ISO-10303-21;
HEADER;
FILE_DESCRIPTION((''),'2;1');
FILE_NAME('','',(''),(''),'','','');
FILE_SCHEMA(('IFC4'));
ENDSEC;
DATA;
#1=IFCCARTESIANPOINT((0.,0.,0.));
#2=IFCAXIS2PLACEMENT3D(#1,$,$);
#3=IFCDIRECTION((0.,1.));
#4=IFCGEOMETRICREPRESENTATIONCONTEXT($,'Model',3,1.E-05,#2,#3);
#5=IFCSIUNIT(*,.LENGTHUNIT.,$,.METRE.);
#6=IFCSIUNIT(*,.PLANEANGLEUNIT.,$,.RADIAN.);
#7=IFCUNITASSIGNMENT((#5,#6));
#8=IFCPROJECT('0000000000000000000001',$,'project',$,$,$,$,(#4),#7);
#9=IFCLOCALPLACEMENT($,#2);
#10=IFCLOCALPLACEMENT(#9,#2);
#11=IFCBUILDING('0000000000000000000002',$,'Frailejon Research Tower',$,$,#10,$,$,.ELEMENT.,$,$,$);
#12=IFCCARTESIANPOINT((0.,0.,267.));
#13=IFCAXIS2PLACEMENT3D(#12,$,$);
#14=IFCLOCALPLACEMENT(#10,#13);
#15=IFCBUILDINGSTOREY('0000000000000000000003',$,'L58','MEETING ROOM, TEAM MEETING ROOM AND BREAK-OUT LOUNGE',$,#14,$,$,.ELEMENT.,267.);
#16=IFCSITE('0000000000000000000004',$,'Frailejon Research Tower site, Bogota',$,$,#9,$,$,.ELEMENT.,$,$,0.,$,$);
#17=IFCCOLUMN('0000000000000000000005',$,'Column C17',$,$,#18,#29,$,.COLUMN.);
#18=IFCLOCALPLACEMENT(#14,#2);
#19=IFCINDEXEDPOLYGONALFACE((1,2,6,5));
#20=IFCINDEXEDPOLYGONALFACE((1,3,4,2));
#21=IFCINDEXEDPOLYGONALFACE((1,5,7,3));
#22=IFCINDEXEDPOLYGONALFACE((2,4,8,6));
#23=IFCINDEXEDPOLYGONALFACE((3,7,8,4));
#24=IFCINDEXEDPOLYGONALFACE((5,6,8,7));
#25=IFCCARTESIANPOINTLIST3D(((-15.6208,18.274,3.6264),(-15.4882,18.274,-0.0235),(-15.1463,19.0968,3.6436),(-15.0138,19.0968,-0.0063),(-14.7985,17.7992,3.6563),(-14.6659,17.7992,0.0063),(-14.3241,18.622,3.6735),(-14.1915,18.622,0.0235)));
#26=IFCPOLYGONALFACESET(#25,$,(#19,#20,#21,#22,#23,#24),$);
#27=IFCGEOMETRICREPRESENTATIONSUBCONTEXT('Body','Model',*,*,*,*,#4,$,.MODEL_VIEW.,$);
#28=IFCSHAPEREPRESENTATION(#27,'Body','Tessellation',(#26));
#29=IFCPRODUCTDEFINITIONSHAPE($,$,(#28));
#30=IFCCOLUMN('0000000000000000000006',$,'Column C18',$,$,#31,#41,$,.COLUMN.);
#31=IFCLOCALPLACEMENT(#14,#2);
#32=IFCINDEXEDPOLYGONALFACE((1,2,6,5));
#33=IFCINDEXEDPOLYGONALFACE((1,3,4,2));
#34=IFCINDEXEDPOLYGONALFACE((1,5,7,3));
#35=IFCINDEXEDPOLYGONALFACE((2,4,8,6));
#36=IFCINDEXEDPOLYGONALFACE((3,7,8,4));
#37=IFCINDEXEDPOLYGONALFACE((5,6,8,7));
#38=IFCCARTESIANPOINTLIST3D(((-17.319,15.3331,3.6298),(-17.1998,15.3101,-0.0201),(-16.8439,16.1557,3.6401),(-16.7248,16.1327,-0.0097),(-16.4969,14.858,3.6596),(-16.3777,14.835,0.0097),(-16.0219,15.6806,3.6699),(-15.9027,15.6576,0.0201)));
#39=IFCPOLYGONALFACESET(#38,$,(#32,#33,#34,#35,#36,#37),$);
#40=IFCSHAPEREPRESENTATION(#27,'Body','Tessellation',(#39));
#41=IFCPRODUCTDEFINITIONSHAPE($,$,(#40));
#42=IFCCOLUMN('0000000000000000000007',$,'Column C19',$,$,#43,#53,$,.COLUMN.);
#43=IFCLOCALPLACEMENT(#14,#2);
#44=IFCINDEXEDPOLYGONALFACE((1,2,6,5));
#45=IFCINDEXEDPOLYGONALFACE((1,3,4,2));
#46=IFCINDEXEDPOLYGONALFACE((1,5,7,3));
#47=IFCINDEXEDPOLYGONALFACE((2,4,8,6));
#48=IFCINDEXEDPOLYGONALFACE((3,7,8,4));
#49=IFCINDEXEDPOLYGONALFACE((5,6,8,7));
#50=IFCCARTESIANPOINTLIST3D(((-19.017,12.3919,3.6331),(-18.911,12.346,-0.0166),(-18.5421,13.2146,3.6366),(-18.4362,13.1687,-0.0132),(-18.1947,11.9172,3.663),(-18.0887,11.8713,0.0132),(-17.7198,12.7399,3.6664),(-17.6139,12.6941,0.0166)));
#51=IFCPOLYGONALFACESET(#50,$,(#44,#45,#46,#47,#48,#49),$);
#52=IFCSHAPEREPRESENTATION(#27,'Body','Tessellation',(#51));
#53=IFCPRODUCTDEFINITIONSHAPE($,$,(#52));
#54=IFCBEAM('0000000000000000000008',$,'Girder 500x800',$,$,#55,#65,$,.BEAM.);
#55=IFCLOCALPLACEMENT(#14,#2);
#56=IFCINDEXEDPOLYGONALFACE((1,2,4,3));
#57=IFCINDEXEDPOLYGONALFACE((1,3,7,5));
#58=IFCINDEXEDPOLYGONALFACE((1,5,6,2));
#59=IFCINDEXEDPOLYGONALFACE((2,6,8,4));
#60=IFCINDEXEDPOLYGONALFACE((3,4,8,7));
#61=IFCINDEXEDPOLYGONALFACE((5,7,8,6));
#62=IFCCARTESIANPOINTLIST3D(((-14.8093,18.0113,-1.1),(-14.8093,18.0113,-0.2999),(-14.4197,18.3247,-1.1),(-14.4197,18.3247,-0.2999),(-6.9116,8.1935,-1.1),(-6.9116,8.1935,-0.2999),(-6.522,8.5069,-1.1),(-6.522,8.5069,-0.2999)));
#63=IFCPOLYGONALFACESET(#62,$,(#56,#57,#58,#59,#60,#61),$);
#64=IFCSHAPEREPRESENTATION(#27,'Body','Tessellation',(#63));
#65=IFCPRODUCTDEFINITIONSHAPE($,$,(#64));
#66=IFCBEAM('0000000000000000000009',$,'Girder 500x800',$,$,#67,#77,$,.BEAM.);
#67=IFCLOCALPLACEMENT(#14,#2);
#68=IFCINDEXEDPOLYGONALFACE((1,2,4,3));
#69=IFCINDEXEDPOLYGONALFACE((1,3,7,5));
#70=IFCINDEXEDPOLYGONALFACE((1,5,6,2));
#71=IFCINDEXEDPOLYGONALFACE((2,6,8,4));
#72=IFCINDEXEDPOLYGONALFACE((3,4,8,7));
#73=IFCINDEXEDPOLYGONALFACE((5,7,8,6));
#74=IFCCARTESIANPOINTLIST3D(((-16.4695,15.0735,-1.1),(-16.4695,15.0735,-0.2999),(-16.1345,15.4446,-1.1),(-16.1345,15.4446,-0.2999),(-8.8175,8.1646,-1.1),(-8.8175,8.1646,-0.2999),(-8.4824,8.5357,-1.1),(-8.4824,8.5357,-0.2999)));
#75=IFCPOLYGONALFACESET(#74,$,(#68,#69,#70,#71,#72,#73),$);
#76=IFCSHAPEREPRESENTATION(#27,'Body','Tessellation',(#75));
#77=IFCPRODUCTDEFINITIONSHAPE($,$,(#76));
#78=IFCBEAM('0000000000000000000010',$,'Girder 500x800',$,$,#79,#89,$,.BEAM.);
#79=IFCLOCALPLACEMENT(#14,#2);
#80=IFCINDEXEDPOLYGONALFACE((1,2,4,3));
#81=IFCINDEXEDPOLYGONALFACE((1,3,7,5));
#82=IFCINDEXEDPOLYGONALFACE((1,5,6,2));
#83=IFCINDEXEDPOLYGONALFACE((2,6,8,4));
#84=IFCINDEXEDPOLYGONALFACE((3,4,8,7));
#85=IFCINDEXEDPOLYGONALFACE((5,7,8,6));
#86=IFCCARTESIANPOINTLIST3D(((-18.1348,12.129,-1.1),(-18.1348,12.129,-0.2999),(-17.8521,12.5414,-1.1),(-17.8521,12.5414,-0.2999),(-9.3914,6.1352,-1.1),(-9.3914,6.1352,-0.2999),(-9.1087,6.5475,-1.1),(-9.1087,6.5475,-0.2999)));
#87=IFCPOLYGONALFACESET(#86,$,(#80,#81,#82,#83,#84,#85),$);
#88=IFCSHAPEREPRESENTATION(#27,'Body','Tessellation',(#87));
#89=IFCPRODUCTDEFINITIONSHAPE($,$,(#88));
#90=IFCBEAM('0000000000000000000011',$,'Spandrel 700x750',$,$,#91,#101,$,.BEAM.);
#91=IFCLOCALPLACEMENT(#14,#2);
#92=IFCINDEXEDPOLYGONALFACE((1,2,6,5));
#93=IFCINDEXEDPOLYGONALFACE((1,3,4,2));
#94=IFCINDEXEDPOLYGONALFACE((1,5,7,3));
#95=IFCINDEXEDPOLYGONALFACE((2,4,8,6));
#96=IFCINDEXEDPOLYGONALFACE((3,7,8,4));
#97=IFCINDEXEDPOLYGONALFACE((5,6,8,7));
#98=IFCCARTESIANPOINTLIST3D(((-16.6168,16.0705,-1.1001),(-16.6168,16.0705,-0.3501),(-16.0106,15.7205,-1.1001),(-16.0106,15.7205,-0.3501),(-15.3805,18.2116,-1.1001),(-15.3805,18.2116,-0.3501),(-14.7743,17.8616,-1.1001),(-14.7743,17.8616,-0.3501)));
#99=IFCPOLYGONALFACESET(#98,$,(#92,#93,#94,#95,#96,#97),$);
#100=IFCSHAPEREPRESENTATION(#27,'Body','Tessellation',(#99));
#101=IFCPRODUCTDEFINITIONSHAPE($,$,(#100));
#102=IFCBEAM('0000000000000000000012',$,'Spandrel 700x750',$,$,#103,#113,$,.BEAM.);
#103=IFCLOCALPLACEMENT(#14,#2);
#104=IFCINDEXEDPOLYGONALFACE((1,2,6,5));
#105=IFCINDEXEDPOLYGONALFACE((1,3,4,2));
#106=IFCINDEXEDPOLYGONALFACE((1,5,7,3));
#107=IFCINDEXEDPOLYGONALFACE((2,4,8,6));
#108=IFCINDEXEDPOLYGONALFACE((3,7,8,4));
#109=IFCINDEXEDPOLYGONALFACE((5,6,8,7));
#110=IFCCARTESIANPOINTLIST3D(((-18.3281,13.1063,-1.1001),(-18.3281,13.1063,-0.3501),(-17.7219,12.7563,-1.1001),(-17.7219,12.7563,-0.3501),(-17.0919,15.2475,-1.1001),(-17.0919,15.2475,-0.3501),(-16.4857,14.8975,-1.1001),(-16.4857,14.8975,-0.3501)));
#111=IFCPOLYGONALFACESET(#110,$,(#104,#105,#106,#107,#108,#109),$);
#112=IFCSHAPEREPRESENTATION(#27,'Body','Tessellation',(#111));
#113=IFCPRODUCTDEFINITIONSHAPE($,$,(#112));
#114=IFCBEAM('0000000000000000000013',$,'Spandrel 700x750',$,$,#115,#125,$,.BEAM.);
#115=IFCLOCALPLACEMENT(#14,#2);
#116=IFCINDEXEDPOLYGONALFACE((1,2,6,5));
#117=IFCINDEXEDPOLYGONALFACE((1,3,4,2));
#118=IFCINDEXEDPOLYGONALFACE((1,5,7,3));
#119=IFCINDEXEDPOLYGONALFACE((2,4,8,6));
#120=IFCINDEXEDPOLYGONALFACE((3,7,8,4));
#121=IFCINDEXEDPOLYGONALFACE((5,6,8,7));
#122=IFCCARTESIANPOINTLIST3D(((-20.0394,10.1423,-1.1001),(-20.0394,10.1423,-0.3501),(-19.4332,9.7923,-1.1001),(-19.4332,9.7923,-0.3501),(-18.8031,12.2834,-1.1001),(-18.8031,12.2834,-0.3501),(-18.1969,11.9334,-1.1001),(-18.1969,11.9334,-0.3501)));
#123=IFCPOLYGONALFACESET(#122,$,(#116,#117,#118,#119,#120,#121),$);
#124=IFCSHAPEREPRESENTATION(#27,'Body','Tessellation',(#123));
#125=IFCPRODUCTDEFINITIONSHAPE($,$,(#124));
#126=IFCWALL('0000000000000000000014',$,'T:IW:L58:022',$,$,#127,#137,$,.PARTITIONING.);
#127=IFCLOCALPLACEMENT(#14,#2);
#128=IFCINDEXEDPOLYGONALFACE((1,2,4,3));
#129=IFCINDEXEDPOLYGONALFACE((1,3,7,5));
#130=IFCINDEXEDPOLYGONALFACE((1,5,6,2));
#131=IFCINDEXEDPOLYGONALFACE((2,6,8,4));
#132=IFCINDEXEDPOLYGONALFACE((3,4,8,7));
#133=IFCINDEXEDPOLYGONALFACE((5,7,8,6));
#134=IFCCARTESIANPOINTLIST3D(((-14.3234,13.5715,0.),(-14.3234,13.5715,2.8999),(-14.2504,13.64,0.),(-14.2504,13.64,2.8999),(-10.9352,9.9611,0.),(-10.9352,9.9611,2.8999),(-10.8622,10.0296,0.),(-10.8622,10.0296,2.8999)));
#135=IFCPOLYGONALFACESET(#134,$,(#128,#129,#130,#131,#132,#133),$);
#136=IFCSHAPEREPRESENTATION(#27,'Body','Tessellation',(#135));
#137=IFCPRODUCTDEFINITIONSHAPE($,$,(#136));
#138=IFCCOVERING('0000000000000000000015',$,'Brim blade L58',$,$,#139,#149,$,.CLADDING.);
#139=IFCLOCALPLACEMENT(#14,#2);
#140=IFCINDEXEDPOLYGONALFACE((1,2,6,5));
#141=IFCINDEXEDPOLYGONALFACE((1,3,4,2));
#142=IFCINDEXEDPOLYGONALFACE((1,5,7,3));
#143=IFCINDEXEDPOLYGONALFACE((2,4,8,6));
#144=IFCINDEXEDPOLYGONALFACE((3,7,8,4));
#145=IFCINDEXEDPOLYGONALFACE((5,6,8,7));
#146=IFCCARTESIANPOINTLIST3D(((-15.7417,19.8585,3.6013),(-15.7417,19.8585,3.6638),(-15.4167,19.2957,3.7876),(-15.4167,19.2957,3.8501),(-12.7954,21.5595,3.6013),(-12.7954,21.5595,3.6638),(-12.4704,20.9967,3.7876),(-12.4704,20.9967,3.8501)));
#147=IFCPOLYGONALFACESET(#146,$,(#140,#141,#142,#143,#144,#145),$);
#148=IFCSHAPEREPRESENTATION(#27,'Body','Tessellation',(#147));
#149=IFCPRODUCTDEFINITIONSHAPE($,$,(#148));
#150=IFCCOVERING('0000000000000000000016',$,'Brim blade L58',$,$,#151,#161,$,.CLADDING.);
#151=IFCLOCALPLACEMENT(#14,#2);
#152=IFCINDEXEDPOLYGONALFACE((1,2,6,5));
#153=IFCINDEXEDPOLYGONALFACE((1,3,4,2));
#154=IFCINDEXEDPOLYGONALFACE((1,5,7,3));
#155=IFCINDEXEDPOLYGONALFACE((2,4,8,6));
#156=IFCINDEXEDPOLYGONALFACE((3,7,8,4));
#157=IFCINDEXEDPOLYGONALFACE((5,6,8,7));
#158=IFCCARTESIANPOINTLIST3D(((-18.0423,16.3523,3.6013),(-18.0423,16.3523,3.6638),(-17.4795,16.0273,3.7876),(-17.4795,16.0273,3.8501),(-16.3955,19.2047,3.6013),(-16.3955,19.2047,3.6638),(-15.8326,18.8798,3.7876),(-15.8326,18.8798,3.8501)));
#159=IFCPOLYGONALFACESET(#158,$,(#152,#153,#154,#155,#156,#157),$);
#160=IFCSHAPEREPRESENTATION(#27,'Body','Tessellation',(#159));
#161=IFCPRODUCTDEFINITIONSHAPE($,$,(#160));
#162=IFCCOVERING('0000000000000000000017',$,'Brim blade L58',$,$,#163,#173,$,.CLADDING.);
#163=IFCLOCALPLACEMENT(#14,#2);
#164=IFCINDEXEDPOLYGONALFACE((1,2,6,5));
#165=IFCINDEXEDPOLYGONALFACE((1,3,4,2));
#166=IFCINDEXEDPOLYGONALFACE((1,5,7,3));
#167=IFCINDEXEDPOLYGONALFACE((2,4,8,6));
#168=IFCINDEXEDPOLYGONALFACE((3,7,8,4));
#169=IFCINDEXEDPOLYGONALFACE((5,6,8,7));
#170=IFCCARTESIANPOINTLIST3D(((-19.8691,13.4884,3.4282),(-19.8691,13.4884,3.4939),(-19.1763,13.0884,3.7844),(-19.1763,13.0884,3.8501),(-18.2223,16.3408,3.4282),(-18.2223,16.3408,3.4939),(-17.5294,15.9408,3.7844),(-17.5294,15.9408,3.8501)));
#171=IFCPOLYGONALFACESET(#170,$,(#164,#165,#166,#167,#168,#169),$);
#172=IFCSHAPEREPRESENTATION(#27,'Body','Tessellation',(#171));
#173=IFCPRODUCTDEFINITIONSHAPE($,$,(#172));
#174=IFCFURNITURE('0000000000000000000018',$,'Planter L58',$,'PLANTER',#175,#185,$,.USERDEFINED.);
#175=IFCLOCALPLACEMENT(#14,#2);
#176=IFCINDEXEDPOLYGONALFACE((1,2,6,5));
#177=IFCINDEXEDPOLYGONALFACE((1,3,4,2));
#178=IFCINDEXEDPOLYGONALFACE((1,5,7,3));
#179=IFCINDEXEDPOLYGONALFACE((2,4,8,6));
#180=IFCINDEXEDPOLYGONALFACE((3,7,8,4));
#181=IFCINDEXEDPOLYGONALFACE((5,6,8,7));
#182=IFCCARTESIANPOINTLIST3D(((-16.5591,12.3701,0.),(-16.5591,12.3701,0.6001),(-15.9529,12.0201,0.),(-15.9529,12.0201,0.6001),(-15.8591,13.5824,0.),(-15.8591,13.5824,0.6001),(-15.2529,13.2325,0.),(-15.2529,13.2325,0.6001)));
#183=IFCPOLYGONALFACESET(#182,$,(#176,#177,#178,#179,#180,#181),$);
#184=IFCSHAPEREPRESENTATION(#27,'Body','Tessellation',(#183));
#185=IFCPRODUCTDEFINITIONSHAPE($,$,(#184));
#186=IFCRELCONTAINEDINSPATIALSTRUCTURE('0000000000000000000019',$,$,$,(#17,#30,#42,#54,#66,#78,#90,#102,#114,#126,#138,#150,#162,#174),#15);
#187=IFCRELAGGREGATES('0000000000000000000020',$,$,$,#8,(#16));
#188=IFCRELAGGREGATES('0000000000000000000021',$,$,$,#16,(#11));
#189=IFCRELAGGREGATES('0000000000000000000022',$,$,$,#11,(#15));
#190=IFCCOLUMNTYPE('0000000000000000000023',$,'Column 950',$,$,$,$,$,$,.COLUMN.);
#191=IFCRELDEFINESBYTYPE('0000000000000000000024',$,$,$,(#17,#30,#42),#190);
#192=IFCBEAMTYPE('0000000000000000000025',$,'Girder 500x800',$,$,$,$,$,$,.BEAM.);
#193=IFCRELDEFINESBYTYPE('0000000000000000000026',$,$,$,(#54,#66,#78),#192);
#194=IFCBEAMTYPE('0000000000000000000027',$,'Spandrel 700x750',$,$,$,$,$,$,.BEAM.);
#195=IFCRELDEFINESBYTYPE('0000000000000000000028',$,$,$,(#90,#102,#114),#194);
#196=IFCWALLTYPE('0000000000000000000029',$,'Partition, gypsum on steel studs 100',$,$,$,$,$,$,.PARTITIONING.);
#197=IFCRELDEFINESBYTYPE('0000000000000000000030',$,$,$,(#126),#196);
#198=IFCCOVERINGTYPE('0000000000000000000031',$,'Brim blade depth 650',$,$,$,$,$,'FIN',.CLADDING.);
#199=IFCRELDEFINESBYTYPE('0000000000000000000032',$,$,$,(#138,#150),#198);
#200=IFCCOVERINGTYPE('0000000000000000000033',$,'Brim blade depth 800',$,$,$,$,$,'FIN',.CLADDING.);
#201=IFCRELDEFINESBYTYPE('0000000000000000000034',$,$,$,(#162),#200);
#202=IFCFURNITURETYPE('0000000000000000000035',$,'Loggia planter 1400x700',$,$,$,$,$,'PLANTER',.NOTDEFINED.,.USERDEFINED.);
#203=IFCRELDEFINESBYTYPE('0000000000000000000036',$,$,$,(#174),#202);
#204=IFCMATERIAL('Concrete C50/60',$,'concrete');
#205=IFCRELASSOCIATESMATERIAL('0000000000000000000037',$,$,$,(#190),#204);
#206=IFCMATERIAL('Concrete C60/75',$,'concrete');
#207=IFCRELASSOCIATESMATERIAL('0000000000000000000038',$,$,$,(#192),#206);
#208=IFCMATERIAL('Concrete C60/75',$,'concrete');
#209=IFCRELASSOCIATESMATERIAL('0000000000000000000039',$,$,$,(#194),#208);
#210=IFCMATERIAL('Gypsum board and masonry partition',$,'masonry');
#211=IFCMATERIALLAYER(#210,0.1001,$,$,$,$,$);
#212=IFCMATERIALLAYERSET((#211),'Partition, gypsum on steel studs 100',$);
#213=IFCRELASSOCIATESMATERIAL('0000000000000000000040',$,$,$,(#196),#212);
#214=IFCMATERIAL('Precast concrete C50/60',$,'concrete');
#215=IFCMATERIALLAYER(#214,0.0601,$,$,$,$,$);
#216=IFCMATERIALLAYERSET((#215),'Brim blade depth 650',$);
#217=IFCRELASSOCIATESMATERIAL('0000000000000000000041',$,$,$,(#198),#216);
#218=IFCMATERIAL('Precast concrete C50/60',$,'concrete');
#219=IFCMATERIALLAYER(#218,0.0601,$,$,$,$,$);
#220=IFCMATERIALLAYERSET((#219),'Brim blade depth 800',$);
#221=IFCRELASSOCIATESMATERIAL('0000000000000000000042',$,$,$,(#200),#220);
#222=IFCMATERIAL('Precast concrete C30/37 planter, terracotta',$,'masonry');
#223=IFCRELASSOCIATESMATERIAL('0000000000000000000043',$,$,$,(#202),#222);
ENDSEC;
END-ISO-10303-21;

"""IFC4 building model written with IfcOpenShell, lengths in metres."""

from ifc_helpers import new_model, si_unit, direction, frame, frame_2d, origin, origin_2d, place, context, subcontext, project, spatial, polyline, rectangle, outline, extrude, material, layer, layer_set, material_profile, profile_set, type_object, element, save


model = new_model("IFC4")

# Units and contexts
model_context = context("Model", 3, precision=1e-05, world=origin(), true_north=direction((0.0, 1.0)))
body_context = subcontext(model_context, "Body", "Model", "MODEL_VIEW")
ifc_project = project(units=[si_unit("LENGTHUNIT", "METRE"), si_unit("PLANEANGLEUNIT", "RADIAN")], contexts=[model_context])

# Site, building, storey
site_placement = place(None, origin())
site = spatial("IfcSite", under=ifc_project, at=site_placement, Name="Frailejon Research Tower site, Bogota", CompositionType="ELEMENT", RefElevation=0.0)
building_placement = place(site_placement, origin())
building = spatial("IfcBuilding", under=site, at=building_placement, Name="Frailejon Research Tower", CompositionType="ELEMENT")
storey_placement = place(building_placement, frame((0.0, 0.0, 267.0)))
storey = spatial("IfcBuildingStorey", under=building, at=storey_placement, Name="L58", Description="MEETING ROOM, TEAM MEETING ROOM AND BREAK-OUT LOUNGE", CompositionType="ELEMENT", Elevation=267.0)

# Columns
ifc_material_1 = material(Name="Concrete C50/60", Category="concrete")
ifc_material_profile_1 = material_profile(ifc_material_1, rectangle(XDim=0.95, YDim=0.95, at=origin_2d()), Name="Column 950")
ifc_profile_set_1 = profile_set([ifc_material_profile_1], Name="Concrete C50/60")
column_type = type_object("IfcColumnType", Name="Column 950", PredefinedType="COLUMN", material=ifc_profile_set_1)
column_1_placement = place(storey_placement, frame((-14.8398, 18.448, 0.0), z_axis=(-0.036297, 0.0, 0.999341), x_axis=(-0.499424, -0.866168, -0.01814)))
element("IfcColumn", 1, at=column_1_placement, inside=storey, type_object=column_type, Name="Column C17", PredefinedType="COLUMN", context=body_context, shape_type="SweptSolid", body=[
    extrude(rectangle(XDim=0.95, YDim=0.95, at=origin_2d()), origin(), (0.0, 0.0, 1.0), 3.6523),
])
column_2_placement = place(storey_placement, frame((-16.5513, 15.4839, 0.0), z_axis=(-0.032624, 0.006284, 0.999448), x_axis=(-0.500036, -0.865936, -0.010878)))
element("IfcColumn", 2, at=column_2_placement, inside=storey, type_object=column_type, Name="Column C18", PredefinedType="COLUMN", context=body_context, shape_type="SweptSolid", body=[
    extrude(rectangle(XDim=0.95, YDim=0.95, at=origin_2d()), origin(), (0.0, 0.0, 1.0), 3.6519),
])
column_3_placement = place(storey_placement, frame((-18.2625, 12.52, 0.0), z_axis=(-0.029016, 0.012569, 0.9995), x_axis=(-0.499849, -0.866105, -0.003619)))
element("IfcColumn", 3, at=column_3_placement, inside=storey, type_object=column_type, Name="Column C19", PredefinedType="COLUMN", context=body_context, shape_type="SweptSolid", body=[
    extrude(rectangle(XDim=0.95, YDim=0.95, at=origin_2d()), origin(), (0.0, 0.0, 1.0), 3.6516),
])

# Beams
ifc_material_2 = material(Name="Concrete C60/75", Category="concrete")
ifc_material_profile_2 = material_profile(ifc_material_2, rectangle(XDim=0.5, YDim=0.8, at=origin_2d()), Name="Girder 500x800")
ifc_profile_set_2 = profile_set([ifc_material_profile_2], Name="Concrete C60/75")
beam_type_1 = type_object("IfcBeamType", Name="Girder 500x800", PredefinedType="BEAM", material=ifc_profile_set_2)
beam_1_placement = place(storey_placement, frame((-14.6145, 18.168, -0.7), z_axis=(0.626793, -0.779185, 0.0), x_axis=(0.779185, 0.626793, 0.0)))
element("IfcBeam", 4, at=beam_1_placement, inside=storey, type_object=beam_type_1, Name="Girder 500x800", PredefinedType="BEAM", context=body_context, shape_type="SweptSolid", body=[
    extrude(rectangle(XDim=0.5, YDim=0.8, at=origin_2d()), origin(), (0.0, 0.0, 1.0), 12.6001),
])
beam_2_placement = place(storey_placement, frame((-16.302, 15.259, -0.7), z_axis=(0.74223, -0.670145, 0.0), x_axis=(0.670145, 0.74223, 0.0)))
element("IfcBeam", 5, at=beam_2_placement, inside=storey, type_object=beam_type_1, Name="Girder 500x800", PredefinedType="BEAM", context=body_context, shape_type="SweptSolid", body=[
    extrude(rectangle(XDim=0.5, YDim=0.8, at=origin_2d()), origin(), (0.0, 0.0, 1.0), 10.3096),
])
beam_3_placement = place(storey_placement, frame((-17.9934, 12.3352, -0.7), z_axis=(0.824799, -0.565427, 0.0), x_axis=(0.565427, 0.824799, 0.0)))
element("IfcBeam", 6, at=beam_3_placement, inside=storey, type_object=beam_type_1, Name="Girder 500x800", PredefinedType="BEAM", context=body_context, shape_type="SweptSolid", body=[
    extrude(rectangle(XDim=0.5, YDim=0.8, at=origin_2d()), origin(), (0.0, 0.0, 1.0), 10.6006),
])
ifc_material_3 = material(Name="Concrete C60/75", Category="concrete")
ifc_material_profile_3 = material_profile(ifc_material_3, rectangle(XDim=0.7, YDim=0.75, at=origin_2d()), Name="Spandrel 700x750")
ifc_profile_set_3 = profile_set([ifc_material_profile_3], Name="Concrete C60/75")
beam_type_2 = type_object("IfcBeamType", Name="Spandrel 700x750", PredefinedType="BEAM", material=ifc_profile_set_3)
for number, where, z_axis, x_axis, name in (
    (7, (-15.0774, 18.0366, -0.7251), (-0.500047, -0.865998, 0.0), (0.865998, -0.500047, 0.0), "Spandrel 700x750"),
    (8, (-16.7888, 15.0725, -0.7251), (-0.499973, -0.866041, 0.0), (0.866041, -0.499973, 0.0), "Spandrel 700x750"),
    (9, (-18.5, 12.1084, -0.7251), (-0.500047, -0.865998, 0.0), (0.865998, -0.500047, 0.0), "Spandrel 700x750"),
):
    element("IfcBeam", number, at=place(storey_placement, frame(where, z_axis=z_axis, x_axis=x_axis)), inside=storey, type_object=beam_type_2, Name=name, PredefinedType="BEAM", context=body_context, shape_type="SweptSolid", body=[
        extrude(rectangle(XDim=0.7, YDim=0.75, at=origin_2d()), origin(), (0.0, 0.0, 1.0), 2.4724),
    ])

# Wall
ifc_material_4 = material(Name="Gypsum board and masonry partition", Category="masonry")
ifc_layer_1 = layer(ifc_material_4, 0.1001)
ifc_layer_set_1 = layer_set([ifc_layer_1], Name="Partition, gypsum on steel studs 100")
wall_type_1 = type_object("IfcWallType", Name="Partition, gypsum on steel studs 100", PredefinedType="PARTITIONING", material=ifc_layer_set_1)
wall_1_placement = place(storey_placement, frame((-14.2869, 13.6057, 0.0), z_axis=(0.0, 0.0, 1.0), x_axis=(0.684315, -0.729187, 0.0)))
element("IfcWall", 10, at=wall_1_placement, inside=storey, type_object=wall_type_1, Name="T:IW:L58:022", PredefinedType="PARTITIONING", context=body_context, shape_type="SweptSolid", body=[
    extrude(rectangle(XDim=4.9512, YDim=0.1001, at=frame_2d((2.4756, 0.0))), origin(), (0.0, 0.0, 1.0), 2.8999),
])

# Coverings
ifc_material_5 = material(Name="Precast concrete C50/60", Category="concrete")
ifc_layer_2 = layer(ifc_material_5, 0.0601)
ifc_layer_set_2 = layer_set([ifc_layer_2], Name="Brim blade depth 650")
covering_type_1 = type_object("IfcCoveringType", Name="Brim blade depth 650", ElementType="FIN", PredefinedType="CLADDING", material=ifc_layer_set_2)
covering_1_placement = place(storey_placement, frame((-15.4167, 19.2957, 3.8501), z_axis=(0.866024, 0.500003, 0.0), x_axis=(-0.500003, 0.866024, 0.0)))
element("IfcCovering", 11, at=covering_1_placement, inside=storey, type_object=covering_type_1, Name="Brim blade L58", PredefinedType="CLADDING", context=body_context, shape_type="SweptSolid", body=[
    extrude(outline(polyline([(0.0, -0.0625), (0.6499, -0.2488), (0.6499, -0.1863), (0.0, 0.0), (0.0, -0.0625)])), origin(), (0.0, 0.0, 1.0), 3.4021),
])
covering_2_placement = place(storey_placement, frame((-17.4795, 16.0273, 3.8501), z_axis=(0.500006, 0.866022, 0.0), x_axis=(-0.866022, 0.500006, 0.0)))
element("IfcCovering", 12, at=covering_2_placement, inside=storey, type_object=covering_type_1, Name="Brim blade L58", PredefinedType="CLADDING", context=body_context, shape_type="SweptSolid", body=[
    extrude(outline(polyline([(0.0, -0.0625), (0.6499, -0.2488), (0.6499, -0.1863), (0.0, 0.0), (0.0, -0.0625)])), origin(), (0.0, 0.0, 1.0), 3.2937),
])
ifc_material_6 = material(Name="Precast concrete C50/60", Category="concrete")
ifc_layer_3 = layer(ifc_material_6, 0.0601)
ifc_layer_set_3 = layer_set([ifc_layer_3], Name="Brim blade depth 800")
covering_type_2 = type_object("IfcCoveringType", Name="Brim blade depth 800", ElementType="FIN", PredefinedType="CLADDING", material=ifc_layer_set_3)
covering_3_placement = place(storey_placement, frame((-19.1763, 13.0884, 3.8501), z_axis=(0.500006, 0.866022, 0.0), x_axis=(-0.866022, 0.500006, 0.0)))
element("IfcCovering", 13, at=covering_3_placement, inside=storey, type_object=covering_type_2, Name="Brim blade L58", PredefinedType="CLADDING", context=body_context, shape_type="SweptSolid", body=[
    extrude(outline(polyline([(0.0, -0.0657), (0.8, -0.4219), (0.8, -0.3562), (0.0, 0.0), (0.0, -0.0657)])), origin(), (0.0, 0.0, 1.0), 3.2937),
])

# Furniture
ifc_material_7 = material(Name="Precast concrete C30/37 planter, terracotta", Category="masonry")
furniture_type = type_object("IfcFurnitureType", Name="Loggia planter 1400x700", ElementType="PLANTER", AssemblyPlace="NOTDEFINED", PredefinedType="USERDEFINED", material=ifc_material_7)
furniture_placement = place(storey_placement, frame((-15.906, 12.8013, 0.0), z_axis=(0.0, 0.0, 1.0), x_axis=(-0.5, -0.866025, 0.0)))
element("IfcFurniture", 14, at=furniture_placement, inside=storey, type_object=furniture_type, Name="Planter L58", ObjectType="PLANTER", PredefinedType="USERDEFINED", context=body_context, shape_type="SweptSolid", body=[
    extrude(rectangle(XDim=1.3999, YDim=0.7, at=origin_2d()), origin(), (0.0, 0.0, 1.0), 0.6001),
])

save(model, "model.ifc")
